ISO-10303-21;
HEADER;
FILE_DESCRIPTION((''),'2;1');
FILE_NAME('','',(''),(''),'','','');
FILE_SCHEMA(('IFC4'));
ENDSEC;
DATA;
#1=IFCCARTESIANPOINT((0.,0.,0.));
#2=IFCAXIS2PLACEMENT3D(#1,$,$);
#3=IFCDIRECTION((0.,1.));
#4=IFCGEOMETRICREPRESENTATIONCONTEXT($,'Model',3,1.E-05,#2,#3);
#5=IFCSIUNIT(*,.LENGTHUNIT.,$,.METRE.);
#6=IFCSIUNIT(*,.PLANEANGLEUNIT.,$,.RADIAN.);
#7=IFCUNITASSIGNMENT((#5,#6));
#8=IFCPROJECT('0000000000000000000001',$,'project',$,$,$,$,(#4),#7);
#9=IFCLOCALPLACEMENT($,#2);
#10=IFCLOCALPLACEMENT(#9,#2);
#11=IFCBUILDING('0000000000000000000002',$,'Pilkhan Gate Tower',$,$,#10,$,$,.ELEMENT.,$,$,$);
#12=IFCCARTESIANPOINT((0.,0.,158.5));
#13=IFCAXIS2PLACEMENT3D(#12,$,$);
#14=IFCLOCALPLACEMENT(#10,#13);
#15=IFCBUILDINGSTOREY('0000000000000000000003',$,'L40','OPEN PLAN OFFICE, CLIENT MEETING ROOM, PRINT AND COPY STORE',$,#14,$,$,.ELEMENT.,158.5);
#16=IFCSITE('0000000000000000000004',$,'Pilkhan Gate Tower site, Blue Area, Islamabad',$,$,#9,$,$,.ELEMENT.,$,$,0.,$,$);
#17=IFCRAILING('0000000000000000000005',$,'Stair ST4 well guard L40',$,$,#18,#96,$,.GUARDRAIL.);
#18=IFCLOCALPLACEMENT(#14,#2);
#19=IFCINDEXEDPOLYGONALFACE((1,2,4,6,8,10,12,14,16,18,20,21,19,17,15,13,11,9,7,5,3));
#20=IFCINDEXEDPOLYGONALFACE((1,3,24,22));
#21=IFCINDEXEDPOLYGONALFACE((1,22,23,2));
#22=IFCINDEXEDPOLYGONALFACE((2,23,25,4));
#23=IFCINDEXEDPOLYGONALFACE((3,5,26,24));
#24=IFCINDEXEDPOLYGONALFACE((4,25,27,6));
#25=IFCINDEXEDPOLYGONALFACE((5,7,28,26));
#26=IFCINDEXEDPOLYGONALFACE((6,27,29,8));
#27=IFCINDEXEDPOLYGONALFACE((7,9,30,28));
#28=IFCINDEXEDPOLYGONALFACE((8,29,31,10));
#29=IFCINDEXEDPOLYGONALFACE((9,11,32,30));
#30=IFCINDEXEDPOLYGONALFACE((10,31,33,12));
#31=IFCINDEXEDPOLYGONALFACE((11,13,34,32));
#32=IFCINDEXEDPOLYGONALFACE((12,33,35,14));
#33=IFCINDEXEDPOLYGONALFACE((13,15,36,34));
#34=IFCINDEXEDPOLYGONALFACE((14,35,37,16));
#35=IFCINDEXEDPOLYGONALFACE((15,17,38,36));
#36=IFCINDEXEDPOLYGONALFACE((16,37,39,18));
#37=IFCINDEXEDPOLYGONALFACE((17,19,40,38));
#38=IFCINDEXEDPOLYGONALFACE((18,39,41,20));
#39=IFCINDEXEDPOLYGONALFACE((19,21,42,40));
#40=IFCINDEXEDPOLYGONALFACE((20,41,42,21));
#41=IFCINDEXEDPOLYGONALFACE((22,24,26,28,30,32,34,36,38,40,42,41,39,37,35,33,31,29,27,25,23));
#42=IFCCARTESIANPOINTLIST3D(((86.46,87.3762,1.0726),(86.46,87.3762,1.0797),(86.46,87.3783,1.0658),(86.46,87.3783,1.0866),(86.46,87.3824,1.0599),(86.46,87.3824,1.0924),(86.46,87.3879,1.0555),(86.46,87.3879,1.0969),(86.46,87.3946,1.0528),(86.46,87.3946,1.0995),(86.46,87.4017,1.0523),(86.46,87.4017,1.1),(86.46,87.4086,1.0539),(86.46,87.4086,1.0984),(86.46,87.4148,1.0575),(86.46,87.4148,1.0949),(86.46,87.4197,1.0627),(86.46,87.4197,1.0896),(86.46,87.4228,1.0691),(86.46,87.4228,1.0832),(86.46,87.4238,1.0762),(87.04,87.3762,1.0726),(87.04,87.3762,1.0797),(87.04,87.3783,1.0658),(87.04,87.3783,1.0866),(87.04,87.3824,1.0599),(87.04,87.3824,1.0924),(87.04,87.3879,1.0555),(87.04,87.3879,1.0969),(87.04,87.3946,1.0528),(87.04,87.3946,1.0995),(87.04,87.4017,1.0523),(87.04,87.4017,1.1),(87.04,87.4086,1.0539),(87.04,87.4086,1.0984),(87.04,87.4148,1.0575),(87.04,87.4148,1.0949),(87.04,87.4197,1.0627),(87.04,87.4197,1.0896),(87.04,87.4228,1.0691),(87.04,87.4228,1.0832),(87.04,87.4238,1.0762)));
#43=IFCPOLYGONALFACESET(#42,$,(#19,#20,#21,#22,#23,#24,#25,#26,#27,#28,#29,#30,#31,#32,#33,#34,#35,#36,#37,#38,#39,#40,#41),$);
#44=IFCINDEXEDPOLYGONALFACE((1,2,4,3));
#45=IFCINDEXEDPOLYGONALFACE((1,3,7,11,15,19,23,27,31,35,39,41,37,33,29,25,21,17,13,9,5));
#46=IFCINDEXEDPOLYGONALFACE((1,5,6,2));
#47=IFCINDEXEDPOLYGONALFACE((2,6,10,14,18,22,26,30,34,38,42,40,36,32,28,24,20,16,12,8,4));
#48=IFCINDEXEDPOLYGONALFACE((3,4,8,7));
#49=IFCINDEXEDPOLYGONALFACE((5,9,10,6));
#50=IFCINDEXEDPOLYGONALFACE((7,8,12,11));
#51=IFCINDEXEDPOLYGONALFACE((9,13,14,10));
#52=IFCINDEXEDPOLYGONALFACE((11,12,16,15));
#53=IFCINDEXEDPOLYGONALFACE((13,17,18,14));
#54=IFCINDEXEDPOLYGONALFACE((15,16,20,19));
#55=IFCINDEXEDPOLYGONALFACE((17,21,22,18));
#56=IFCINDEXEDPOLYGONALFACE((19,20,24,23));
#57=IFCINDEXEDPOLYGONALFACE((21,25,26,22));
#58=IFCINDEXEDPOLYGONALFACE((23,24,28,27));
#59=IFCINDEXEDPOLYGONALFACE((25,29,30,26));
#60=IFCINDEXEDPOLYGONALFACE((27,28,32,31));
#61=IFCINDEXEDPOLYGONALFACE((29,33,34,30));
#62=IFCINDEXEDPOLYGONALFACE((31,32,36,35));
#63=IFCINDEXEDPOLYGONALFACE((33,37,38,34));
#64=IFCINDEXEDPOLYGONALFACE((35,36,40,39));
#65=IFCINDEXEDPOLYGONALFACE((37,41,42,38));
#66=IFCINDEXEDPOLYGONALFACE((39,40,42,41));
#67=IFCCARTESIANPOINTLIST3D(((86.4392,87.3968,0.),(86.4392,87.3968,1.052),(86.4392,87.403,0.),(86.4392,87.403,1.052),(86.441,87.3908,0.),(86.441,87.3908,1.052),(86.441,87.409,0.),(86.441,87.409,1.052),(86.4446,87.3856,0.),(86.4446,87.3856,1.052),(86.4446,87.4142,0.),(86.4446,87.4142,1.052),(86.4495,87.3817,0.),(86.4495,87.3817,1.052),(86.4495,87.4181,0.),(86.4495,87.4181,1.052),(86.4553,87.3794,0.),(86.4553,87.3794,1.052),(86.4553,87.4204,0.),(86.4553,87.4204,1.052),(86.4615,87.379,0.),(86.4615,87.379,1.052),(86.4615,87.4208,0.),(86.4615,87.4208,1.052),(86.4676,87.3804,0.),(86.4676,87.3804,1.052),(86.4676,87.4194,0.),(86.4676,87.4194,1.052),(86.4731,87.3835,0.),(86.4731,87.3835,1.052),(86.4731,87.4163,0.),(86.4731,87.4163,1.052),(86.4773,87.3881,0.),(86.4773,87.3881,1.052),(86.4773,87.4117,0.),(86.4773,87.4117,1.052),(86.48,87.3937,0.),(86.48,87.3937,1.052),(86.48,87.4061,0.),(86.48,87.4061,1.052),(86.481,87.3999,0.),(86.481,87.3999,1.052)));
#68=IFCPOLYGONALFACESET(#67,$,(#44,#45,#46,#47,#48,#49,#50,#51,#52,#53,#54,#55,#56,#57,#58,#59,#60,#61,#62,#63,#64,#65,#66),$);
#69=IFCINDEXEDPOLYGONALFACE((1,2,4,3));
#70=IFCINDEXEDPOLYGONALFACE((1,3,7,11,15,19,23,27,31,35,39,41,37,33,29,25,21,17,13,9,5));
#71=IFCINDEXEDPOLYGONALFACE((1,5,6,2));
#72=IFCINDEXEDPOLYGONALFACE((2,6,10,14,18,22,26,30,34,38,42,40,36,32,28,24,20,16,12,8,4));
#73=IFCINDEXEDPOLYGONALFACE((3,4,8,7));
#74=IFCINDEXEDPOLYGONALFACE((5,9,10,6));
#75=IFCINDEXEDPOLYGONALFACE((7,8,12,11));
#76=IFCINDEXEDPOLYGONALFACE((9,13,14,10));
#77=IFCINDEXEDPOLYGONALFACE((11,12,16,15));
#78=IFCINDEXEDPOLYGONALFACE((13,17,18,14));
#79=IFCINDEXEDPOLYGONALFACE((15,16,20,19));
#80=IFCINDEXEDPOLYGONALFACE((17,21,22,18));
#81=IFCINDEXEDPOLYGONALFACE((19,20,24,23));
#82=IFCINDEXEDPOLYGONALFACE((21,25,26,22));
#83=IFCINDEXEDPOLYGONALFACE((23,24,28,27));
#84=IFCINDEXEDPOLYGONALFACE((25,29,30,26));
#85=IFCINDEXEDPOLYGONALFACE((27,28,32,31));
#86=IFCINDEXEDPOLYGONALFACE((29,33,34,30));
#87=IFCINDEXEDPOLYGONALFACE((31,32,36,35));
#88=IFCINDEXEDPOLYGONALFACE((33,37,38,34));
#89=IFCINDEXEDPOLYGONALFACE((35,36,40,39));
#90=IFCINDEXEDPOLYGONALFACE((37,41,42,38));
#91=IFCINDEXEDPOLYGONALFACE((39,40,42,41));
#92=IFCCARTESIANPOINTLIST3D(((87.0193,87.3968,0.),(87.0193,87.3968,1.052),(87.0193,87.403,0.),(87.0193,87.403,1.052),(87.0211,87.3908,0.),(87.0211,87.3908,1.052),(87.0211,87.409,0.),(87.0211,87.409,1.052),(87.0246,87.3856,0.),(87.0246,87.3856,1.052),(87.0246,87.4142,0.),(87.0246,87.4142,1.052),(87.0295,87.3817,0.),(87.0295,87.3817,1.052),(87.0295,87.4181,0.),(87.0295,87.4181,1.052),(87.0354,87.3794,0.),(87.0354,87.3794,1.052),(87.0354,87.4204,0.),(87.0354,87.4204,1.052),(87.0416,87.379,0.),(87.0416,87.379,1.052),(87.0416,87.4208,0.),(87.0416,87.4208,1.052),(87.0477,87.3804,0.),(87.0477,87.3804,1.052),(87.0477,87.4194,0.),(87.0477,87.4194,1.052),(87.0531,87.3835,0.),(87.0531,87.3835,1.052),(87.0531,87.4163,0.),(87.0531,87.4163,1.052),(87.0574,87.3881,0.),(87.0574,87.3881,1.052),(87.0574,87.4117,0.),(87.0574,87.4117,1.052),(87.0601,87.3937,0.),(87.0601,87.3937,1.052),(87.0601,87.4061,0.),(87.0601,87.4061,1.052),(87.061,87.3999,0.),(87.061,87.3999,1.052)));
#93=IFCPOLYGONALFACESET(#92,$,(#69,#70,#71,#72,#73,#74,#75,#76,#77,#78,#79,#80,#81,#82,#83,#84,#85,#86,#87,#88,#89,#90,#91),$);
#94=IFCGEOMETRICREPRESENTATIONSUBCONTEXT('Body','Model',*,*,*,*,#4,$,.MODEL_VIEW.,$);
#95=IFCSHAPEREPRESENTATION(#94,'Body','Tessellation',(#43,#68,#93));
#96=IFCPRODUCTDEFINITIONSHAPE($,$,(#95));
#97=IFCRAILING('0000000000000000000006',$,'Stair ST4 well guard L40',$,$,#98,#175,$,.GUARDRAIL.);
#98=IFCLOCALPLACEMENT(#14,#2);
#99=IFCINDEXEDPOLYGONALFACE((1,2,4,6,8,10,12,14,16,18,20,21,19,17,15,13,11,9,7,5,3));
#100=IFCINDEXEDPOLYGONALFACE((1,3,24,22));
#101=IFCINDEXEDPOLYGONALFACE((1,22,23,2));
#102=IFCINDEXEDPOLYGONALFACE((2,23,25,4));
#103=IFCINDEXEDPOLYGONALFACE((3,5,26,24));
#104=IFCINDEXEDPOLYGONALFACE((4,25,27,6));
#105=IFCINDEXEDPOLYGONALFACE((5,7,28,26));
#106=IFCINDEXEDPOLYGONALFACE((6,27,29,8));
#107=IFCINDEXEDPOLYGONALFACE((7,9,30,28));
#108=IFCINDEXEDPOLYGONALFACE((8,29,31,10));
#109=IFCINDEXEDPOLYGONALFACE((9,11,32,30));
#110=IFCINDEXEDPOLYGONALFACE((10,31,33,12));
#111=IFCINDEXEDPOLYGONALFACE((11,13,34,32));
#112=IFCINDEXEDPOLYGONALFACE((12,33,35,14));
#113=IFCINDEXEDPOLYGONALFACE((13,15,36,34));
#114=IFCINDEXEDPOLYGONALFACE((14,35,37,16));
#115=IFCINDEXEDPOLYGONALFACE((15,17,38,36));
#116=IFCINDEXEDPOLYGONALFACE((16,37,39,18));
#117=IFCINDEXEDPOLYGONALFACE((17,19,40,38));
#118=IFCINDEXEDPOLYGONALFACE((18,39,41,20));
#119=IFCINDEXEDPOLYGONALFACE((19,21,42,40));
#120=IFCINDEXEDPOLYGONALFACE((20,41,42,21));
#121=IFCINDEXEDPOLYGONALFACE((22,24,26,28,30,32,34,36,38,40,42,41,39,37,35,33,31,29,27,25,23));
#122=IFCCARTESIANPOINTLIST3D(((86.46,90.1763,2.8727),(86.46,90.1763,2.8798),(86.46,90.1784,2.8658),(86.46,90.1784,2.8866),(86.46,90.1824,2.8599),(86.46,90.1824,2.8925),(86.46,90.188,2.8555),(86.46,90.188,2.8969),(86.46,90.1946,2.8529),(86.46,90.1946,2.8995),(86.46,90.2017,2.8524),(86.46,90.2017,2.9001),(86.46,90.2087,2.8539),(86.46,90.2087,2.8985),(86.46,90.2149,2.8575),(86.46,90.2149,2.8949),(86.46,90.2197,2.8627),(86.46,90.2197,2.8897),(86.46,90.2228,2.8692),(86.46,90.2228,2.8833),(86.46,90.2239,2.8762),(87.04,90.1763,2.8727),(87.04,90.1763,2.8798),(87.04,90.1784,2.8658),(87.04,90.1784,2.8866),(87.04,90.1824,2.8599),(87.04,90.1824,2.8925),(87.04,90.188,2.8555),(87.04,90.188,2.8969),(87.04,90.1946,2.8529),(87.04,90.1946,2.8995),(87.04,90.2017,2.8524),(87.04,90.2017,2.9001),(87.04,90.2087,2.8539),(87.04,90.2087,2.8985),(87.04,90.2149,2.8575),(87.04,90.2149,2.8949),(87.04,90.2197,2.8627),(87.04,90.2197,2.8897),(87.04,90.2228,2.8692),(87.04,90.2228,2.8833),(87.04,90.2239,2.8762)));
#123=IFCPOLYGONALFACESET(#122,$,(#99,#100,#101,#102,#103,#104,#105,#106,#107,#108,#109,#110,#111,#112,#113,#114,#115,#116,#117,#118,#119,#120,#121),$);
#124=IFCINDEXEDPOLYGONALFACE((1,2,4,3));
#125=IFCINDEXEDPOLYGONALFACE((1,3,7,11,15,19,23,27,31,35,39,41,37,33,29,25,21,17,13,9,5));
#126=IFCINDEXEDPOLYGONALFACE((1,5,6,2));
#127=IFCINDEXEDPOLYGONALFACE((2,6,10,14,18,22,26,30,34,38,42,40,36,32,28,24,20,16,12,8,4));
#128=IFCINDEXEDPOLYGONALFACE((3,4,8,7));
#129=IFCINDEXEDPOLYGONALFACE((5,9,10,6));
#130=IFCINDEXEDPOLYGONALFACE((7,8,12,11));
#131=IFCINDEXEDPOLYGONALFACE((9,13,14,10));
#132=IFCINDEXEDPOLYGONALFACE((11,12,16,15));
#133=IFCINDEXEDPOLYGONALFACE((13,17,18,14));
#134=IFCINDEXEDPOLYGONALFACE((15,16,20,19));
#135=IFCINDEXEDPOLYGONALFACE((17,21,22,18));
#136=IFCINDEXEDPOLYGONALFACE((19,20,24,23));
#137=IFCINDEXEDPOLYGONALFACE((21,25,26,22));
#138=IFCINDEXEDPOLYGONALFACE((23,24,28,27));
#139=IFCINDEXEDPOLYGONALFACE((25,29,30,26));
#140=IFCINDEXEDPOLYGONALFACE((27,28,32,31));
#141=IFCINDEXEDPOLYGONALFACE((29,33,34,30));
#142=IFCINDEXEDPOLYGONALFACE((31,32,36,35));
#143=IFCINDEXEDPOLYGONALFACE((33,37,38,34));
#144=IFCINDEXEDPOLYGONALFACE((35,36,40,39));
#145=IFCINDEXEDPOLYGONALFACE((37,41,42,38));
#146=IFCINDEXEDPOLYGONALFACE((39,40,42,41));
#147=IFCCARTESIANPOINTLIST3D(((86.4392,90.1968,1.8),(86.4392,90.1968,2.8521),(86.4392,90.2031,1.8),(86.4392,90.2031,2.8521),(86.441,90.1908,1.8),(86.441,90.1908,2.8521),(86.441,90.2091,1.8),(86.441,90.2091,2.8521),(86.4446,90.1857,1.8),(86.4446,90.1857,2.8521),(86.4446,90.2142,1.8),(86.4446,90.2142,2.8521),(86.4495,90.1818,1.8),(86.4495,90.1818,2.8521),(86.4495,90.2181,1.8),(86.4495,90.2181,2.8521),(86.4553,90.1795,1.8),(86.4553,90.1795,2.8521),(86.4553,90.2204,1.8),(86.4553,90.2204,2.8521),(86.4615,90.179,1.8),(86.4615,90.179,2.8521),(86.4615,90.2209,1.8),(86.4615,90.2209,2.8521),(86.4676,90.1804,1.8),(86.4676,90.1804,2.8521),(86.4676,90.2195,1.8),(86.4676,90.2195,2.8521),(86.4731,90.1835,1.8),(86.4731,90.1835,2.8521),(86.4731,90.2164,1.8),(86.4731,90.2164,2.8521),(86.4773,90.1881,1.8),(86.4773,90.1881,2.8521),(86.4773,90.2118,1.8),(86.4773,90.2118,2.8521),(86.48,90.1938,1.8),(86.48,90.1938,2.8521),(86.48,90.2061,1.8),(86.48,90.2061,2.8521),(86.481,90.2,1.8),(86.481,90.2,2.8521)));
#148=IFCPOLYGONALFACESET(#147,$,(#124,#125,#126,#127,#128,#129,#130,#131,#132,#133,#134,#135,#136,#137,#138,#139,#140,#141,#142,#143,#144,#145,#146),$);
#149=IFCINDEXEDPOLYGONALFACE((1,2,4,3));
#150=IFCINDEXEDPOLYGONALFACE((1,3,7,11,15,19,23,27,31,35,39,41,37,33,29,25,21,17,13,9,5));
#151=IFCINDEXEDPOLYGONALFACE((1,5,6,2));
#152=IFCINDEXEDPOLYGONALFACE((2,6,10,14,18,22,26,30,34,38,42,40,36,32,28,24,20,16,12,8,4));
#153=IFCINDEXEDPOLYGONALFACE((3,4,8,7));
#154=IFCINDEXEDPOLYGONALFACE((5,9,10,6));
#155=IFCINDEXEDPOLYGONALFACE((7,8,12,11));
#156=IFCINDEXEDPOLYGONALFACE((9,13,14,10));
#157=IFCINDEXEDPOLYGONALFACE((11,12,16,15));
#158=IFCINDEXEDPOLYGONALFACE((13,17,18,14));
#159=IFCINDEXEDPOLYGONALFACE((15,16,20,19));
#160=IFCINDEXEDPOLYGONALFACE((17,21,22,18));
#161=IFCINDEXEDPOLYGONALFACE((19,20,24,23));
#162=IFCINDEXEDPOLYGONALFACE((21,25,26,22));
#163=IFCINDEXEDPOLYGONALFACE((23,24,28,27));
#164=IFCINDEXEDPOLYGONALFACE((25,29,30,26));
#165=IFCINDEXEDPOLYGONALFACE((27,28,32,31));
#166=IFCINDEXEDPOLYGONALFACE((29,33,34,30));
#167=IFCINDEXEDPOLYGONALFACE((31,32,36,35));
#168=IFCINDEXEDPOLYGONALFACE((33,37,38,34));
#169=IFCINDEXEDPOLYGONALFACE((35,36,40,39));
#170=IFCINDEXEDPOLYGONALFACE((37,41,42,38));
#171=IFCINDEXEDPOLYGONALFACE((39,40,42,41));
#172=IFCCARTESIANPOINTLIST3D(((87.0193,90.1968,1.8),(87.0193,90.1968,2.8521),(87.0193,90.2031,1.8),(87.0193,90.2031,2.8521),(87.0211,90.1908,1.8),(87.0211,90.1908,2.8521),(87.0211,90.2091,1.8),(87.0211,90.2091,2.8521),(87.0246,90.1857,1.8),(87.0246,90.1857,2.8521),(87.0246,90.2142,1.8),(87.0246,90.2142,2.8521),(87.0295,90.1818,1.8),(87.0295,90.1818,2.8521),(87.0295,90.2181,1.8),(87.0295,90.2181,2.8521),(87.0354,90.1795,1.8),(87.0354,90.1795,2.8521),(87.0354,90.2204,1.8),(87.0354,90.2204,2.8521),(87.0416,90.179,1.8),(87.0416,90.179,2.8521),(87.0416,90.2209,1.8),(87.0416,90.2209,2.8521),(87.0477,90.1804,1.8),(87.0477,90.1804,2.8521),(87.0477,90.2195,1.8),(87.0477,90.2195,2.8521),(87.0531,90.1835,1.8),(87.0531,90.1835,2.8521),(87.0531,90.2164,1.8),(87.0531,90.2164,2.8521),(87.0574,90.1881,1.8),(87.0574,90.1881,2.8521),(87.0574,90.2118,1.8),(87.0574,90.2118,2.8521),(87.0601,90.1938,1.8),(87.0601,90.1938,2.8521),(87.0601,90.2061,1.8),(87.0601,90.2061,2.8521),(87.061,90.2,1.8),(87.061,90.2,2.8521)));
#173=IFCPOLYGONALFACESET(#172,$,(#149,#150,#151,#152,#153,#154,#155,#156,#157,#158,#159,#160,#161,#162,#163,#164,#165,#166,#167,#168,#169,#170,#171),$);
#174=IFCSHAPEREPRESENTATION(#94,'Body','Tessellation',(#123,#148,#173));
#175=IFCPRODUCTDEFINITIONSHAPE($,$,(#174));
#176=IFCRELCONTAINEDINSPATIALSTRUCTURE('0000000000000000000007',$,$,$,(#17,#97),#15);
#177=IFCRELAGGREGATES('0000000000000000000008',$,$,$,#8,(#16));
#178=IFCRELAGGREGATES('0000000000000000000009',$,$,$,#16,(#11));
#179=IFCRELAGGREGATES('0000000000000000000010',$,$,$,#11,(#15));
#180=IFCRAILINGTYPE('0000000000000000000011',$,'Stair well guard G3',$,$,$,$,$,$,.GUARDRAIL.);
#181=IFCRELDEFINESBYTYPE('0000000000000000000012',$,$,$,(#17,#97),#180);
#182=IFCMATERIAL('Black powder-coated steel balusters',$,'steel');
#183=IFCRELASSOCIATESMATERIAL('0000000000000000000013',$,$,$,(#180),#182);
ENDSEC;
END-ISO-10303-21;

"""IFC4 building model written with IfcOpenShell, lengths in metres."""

from ifc_helpers import new_model, si_unit, direction, frame, origin, origin_2d, place, context, subcontext, project, spatial, circle, extrude, material, type_object, element, save


model = new_model("IFC4")

# Units and contexts
model_context = context("Model", 3, precision=1e-05, world=origin(), true_north=direction((0.0, 1.0)))
body_context = subcontext(model_context, "Body", "Model", "MODEL_VIEW")
ifc_project = project(units=[si_unit("LENGTHUNIT", "METRE"), si_unit("PLANEANGLEUNIT", "RADIAN")], contexts=[model_context])

# Site, building, storey
site_placement = place(None, origin())
site = spatial("IfcSite", under=ifc_project, at=site_placement, Name="Pilkhan Gate Tower site, Blue Area, Islamabad", CompositionType="ELEMENT", RefElevation=0.0)
building_placement = place(site_placement, origin())
building = spatial("IfcBuilding", under=site, at=building_placement, Name="Pilkhan Gate Tower", CompositionType="ELEMENT")
storey_placement = place(building_placement, frame((0.0, 0.0, 158.5)))
storey = spatial("IfcBuildingStorey", under=building, at=storey_placement, Name="L40", Description="OPEN PLAN OFFICE, CLIENT MEETING ROOM, PRINT AND COPY STORE", CompositionType="ELEMENT", Elevation=158.5)

# Railings
ifc_material_1 = material(Name="Black powder-coated steel balusters", Category="steel")
railing_type_1 = type_object("IfcRailingType", Name="Stair well guard G3", PredefinedType="GUARDRAIL", material=ifc_material_1)
for number, where, name in (
    (1, (86.46, 87.3999, 0.0), "Stair ST4 well guard L40"),
    (2, (86.46, 90.2, 1.8), "Stair ST4 well guard L40"),
):
    element("IfcRailing", number, at=place(storey_placement, frame(where)), inside=storey, type_object=railing_type_1, Name=name, PredefinedType="GUARDRAIL", context=body_context, shape_type="SweptSolid", body=[
        extrude(circle(Radius=0.0239, at=origin_2d()), frame((0.0, 0.0, 1.0762), z_axis=(1.0, 0.0, 0.0), x_axis=(0.0, 1.0, 0.0)), (0.0, 0.0, 1.0), 0.5801),
        extrude(circle(Radius=0.021, at=origin_2d()), origin(), (0.0, 0.0, 1.0), 1.052),
        extrude(circle(Radius=0.021, at=origin_2d()), frame((0.5801, 0.0, 0.0)), (0.0, 0.0, 1.0), 1.052),
    ])

save(model, "model.ifc")
